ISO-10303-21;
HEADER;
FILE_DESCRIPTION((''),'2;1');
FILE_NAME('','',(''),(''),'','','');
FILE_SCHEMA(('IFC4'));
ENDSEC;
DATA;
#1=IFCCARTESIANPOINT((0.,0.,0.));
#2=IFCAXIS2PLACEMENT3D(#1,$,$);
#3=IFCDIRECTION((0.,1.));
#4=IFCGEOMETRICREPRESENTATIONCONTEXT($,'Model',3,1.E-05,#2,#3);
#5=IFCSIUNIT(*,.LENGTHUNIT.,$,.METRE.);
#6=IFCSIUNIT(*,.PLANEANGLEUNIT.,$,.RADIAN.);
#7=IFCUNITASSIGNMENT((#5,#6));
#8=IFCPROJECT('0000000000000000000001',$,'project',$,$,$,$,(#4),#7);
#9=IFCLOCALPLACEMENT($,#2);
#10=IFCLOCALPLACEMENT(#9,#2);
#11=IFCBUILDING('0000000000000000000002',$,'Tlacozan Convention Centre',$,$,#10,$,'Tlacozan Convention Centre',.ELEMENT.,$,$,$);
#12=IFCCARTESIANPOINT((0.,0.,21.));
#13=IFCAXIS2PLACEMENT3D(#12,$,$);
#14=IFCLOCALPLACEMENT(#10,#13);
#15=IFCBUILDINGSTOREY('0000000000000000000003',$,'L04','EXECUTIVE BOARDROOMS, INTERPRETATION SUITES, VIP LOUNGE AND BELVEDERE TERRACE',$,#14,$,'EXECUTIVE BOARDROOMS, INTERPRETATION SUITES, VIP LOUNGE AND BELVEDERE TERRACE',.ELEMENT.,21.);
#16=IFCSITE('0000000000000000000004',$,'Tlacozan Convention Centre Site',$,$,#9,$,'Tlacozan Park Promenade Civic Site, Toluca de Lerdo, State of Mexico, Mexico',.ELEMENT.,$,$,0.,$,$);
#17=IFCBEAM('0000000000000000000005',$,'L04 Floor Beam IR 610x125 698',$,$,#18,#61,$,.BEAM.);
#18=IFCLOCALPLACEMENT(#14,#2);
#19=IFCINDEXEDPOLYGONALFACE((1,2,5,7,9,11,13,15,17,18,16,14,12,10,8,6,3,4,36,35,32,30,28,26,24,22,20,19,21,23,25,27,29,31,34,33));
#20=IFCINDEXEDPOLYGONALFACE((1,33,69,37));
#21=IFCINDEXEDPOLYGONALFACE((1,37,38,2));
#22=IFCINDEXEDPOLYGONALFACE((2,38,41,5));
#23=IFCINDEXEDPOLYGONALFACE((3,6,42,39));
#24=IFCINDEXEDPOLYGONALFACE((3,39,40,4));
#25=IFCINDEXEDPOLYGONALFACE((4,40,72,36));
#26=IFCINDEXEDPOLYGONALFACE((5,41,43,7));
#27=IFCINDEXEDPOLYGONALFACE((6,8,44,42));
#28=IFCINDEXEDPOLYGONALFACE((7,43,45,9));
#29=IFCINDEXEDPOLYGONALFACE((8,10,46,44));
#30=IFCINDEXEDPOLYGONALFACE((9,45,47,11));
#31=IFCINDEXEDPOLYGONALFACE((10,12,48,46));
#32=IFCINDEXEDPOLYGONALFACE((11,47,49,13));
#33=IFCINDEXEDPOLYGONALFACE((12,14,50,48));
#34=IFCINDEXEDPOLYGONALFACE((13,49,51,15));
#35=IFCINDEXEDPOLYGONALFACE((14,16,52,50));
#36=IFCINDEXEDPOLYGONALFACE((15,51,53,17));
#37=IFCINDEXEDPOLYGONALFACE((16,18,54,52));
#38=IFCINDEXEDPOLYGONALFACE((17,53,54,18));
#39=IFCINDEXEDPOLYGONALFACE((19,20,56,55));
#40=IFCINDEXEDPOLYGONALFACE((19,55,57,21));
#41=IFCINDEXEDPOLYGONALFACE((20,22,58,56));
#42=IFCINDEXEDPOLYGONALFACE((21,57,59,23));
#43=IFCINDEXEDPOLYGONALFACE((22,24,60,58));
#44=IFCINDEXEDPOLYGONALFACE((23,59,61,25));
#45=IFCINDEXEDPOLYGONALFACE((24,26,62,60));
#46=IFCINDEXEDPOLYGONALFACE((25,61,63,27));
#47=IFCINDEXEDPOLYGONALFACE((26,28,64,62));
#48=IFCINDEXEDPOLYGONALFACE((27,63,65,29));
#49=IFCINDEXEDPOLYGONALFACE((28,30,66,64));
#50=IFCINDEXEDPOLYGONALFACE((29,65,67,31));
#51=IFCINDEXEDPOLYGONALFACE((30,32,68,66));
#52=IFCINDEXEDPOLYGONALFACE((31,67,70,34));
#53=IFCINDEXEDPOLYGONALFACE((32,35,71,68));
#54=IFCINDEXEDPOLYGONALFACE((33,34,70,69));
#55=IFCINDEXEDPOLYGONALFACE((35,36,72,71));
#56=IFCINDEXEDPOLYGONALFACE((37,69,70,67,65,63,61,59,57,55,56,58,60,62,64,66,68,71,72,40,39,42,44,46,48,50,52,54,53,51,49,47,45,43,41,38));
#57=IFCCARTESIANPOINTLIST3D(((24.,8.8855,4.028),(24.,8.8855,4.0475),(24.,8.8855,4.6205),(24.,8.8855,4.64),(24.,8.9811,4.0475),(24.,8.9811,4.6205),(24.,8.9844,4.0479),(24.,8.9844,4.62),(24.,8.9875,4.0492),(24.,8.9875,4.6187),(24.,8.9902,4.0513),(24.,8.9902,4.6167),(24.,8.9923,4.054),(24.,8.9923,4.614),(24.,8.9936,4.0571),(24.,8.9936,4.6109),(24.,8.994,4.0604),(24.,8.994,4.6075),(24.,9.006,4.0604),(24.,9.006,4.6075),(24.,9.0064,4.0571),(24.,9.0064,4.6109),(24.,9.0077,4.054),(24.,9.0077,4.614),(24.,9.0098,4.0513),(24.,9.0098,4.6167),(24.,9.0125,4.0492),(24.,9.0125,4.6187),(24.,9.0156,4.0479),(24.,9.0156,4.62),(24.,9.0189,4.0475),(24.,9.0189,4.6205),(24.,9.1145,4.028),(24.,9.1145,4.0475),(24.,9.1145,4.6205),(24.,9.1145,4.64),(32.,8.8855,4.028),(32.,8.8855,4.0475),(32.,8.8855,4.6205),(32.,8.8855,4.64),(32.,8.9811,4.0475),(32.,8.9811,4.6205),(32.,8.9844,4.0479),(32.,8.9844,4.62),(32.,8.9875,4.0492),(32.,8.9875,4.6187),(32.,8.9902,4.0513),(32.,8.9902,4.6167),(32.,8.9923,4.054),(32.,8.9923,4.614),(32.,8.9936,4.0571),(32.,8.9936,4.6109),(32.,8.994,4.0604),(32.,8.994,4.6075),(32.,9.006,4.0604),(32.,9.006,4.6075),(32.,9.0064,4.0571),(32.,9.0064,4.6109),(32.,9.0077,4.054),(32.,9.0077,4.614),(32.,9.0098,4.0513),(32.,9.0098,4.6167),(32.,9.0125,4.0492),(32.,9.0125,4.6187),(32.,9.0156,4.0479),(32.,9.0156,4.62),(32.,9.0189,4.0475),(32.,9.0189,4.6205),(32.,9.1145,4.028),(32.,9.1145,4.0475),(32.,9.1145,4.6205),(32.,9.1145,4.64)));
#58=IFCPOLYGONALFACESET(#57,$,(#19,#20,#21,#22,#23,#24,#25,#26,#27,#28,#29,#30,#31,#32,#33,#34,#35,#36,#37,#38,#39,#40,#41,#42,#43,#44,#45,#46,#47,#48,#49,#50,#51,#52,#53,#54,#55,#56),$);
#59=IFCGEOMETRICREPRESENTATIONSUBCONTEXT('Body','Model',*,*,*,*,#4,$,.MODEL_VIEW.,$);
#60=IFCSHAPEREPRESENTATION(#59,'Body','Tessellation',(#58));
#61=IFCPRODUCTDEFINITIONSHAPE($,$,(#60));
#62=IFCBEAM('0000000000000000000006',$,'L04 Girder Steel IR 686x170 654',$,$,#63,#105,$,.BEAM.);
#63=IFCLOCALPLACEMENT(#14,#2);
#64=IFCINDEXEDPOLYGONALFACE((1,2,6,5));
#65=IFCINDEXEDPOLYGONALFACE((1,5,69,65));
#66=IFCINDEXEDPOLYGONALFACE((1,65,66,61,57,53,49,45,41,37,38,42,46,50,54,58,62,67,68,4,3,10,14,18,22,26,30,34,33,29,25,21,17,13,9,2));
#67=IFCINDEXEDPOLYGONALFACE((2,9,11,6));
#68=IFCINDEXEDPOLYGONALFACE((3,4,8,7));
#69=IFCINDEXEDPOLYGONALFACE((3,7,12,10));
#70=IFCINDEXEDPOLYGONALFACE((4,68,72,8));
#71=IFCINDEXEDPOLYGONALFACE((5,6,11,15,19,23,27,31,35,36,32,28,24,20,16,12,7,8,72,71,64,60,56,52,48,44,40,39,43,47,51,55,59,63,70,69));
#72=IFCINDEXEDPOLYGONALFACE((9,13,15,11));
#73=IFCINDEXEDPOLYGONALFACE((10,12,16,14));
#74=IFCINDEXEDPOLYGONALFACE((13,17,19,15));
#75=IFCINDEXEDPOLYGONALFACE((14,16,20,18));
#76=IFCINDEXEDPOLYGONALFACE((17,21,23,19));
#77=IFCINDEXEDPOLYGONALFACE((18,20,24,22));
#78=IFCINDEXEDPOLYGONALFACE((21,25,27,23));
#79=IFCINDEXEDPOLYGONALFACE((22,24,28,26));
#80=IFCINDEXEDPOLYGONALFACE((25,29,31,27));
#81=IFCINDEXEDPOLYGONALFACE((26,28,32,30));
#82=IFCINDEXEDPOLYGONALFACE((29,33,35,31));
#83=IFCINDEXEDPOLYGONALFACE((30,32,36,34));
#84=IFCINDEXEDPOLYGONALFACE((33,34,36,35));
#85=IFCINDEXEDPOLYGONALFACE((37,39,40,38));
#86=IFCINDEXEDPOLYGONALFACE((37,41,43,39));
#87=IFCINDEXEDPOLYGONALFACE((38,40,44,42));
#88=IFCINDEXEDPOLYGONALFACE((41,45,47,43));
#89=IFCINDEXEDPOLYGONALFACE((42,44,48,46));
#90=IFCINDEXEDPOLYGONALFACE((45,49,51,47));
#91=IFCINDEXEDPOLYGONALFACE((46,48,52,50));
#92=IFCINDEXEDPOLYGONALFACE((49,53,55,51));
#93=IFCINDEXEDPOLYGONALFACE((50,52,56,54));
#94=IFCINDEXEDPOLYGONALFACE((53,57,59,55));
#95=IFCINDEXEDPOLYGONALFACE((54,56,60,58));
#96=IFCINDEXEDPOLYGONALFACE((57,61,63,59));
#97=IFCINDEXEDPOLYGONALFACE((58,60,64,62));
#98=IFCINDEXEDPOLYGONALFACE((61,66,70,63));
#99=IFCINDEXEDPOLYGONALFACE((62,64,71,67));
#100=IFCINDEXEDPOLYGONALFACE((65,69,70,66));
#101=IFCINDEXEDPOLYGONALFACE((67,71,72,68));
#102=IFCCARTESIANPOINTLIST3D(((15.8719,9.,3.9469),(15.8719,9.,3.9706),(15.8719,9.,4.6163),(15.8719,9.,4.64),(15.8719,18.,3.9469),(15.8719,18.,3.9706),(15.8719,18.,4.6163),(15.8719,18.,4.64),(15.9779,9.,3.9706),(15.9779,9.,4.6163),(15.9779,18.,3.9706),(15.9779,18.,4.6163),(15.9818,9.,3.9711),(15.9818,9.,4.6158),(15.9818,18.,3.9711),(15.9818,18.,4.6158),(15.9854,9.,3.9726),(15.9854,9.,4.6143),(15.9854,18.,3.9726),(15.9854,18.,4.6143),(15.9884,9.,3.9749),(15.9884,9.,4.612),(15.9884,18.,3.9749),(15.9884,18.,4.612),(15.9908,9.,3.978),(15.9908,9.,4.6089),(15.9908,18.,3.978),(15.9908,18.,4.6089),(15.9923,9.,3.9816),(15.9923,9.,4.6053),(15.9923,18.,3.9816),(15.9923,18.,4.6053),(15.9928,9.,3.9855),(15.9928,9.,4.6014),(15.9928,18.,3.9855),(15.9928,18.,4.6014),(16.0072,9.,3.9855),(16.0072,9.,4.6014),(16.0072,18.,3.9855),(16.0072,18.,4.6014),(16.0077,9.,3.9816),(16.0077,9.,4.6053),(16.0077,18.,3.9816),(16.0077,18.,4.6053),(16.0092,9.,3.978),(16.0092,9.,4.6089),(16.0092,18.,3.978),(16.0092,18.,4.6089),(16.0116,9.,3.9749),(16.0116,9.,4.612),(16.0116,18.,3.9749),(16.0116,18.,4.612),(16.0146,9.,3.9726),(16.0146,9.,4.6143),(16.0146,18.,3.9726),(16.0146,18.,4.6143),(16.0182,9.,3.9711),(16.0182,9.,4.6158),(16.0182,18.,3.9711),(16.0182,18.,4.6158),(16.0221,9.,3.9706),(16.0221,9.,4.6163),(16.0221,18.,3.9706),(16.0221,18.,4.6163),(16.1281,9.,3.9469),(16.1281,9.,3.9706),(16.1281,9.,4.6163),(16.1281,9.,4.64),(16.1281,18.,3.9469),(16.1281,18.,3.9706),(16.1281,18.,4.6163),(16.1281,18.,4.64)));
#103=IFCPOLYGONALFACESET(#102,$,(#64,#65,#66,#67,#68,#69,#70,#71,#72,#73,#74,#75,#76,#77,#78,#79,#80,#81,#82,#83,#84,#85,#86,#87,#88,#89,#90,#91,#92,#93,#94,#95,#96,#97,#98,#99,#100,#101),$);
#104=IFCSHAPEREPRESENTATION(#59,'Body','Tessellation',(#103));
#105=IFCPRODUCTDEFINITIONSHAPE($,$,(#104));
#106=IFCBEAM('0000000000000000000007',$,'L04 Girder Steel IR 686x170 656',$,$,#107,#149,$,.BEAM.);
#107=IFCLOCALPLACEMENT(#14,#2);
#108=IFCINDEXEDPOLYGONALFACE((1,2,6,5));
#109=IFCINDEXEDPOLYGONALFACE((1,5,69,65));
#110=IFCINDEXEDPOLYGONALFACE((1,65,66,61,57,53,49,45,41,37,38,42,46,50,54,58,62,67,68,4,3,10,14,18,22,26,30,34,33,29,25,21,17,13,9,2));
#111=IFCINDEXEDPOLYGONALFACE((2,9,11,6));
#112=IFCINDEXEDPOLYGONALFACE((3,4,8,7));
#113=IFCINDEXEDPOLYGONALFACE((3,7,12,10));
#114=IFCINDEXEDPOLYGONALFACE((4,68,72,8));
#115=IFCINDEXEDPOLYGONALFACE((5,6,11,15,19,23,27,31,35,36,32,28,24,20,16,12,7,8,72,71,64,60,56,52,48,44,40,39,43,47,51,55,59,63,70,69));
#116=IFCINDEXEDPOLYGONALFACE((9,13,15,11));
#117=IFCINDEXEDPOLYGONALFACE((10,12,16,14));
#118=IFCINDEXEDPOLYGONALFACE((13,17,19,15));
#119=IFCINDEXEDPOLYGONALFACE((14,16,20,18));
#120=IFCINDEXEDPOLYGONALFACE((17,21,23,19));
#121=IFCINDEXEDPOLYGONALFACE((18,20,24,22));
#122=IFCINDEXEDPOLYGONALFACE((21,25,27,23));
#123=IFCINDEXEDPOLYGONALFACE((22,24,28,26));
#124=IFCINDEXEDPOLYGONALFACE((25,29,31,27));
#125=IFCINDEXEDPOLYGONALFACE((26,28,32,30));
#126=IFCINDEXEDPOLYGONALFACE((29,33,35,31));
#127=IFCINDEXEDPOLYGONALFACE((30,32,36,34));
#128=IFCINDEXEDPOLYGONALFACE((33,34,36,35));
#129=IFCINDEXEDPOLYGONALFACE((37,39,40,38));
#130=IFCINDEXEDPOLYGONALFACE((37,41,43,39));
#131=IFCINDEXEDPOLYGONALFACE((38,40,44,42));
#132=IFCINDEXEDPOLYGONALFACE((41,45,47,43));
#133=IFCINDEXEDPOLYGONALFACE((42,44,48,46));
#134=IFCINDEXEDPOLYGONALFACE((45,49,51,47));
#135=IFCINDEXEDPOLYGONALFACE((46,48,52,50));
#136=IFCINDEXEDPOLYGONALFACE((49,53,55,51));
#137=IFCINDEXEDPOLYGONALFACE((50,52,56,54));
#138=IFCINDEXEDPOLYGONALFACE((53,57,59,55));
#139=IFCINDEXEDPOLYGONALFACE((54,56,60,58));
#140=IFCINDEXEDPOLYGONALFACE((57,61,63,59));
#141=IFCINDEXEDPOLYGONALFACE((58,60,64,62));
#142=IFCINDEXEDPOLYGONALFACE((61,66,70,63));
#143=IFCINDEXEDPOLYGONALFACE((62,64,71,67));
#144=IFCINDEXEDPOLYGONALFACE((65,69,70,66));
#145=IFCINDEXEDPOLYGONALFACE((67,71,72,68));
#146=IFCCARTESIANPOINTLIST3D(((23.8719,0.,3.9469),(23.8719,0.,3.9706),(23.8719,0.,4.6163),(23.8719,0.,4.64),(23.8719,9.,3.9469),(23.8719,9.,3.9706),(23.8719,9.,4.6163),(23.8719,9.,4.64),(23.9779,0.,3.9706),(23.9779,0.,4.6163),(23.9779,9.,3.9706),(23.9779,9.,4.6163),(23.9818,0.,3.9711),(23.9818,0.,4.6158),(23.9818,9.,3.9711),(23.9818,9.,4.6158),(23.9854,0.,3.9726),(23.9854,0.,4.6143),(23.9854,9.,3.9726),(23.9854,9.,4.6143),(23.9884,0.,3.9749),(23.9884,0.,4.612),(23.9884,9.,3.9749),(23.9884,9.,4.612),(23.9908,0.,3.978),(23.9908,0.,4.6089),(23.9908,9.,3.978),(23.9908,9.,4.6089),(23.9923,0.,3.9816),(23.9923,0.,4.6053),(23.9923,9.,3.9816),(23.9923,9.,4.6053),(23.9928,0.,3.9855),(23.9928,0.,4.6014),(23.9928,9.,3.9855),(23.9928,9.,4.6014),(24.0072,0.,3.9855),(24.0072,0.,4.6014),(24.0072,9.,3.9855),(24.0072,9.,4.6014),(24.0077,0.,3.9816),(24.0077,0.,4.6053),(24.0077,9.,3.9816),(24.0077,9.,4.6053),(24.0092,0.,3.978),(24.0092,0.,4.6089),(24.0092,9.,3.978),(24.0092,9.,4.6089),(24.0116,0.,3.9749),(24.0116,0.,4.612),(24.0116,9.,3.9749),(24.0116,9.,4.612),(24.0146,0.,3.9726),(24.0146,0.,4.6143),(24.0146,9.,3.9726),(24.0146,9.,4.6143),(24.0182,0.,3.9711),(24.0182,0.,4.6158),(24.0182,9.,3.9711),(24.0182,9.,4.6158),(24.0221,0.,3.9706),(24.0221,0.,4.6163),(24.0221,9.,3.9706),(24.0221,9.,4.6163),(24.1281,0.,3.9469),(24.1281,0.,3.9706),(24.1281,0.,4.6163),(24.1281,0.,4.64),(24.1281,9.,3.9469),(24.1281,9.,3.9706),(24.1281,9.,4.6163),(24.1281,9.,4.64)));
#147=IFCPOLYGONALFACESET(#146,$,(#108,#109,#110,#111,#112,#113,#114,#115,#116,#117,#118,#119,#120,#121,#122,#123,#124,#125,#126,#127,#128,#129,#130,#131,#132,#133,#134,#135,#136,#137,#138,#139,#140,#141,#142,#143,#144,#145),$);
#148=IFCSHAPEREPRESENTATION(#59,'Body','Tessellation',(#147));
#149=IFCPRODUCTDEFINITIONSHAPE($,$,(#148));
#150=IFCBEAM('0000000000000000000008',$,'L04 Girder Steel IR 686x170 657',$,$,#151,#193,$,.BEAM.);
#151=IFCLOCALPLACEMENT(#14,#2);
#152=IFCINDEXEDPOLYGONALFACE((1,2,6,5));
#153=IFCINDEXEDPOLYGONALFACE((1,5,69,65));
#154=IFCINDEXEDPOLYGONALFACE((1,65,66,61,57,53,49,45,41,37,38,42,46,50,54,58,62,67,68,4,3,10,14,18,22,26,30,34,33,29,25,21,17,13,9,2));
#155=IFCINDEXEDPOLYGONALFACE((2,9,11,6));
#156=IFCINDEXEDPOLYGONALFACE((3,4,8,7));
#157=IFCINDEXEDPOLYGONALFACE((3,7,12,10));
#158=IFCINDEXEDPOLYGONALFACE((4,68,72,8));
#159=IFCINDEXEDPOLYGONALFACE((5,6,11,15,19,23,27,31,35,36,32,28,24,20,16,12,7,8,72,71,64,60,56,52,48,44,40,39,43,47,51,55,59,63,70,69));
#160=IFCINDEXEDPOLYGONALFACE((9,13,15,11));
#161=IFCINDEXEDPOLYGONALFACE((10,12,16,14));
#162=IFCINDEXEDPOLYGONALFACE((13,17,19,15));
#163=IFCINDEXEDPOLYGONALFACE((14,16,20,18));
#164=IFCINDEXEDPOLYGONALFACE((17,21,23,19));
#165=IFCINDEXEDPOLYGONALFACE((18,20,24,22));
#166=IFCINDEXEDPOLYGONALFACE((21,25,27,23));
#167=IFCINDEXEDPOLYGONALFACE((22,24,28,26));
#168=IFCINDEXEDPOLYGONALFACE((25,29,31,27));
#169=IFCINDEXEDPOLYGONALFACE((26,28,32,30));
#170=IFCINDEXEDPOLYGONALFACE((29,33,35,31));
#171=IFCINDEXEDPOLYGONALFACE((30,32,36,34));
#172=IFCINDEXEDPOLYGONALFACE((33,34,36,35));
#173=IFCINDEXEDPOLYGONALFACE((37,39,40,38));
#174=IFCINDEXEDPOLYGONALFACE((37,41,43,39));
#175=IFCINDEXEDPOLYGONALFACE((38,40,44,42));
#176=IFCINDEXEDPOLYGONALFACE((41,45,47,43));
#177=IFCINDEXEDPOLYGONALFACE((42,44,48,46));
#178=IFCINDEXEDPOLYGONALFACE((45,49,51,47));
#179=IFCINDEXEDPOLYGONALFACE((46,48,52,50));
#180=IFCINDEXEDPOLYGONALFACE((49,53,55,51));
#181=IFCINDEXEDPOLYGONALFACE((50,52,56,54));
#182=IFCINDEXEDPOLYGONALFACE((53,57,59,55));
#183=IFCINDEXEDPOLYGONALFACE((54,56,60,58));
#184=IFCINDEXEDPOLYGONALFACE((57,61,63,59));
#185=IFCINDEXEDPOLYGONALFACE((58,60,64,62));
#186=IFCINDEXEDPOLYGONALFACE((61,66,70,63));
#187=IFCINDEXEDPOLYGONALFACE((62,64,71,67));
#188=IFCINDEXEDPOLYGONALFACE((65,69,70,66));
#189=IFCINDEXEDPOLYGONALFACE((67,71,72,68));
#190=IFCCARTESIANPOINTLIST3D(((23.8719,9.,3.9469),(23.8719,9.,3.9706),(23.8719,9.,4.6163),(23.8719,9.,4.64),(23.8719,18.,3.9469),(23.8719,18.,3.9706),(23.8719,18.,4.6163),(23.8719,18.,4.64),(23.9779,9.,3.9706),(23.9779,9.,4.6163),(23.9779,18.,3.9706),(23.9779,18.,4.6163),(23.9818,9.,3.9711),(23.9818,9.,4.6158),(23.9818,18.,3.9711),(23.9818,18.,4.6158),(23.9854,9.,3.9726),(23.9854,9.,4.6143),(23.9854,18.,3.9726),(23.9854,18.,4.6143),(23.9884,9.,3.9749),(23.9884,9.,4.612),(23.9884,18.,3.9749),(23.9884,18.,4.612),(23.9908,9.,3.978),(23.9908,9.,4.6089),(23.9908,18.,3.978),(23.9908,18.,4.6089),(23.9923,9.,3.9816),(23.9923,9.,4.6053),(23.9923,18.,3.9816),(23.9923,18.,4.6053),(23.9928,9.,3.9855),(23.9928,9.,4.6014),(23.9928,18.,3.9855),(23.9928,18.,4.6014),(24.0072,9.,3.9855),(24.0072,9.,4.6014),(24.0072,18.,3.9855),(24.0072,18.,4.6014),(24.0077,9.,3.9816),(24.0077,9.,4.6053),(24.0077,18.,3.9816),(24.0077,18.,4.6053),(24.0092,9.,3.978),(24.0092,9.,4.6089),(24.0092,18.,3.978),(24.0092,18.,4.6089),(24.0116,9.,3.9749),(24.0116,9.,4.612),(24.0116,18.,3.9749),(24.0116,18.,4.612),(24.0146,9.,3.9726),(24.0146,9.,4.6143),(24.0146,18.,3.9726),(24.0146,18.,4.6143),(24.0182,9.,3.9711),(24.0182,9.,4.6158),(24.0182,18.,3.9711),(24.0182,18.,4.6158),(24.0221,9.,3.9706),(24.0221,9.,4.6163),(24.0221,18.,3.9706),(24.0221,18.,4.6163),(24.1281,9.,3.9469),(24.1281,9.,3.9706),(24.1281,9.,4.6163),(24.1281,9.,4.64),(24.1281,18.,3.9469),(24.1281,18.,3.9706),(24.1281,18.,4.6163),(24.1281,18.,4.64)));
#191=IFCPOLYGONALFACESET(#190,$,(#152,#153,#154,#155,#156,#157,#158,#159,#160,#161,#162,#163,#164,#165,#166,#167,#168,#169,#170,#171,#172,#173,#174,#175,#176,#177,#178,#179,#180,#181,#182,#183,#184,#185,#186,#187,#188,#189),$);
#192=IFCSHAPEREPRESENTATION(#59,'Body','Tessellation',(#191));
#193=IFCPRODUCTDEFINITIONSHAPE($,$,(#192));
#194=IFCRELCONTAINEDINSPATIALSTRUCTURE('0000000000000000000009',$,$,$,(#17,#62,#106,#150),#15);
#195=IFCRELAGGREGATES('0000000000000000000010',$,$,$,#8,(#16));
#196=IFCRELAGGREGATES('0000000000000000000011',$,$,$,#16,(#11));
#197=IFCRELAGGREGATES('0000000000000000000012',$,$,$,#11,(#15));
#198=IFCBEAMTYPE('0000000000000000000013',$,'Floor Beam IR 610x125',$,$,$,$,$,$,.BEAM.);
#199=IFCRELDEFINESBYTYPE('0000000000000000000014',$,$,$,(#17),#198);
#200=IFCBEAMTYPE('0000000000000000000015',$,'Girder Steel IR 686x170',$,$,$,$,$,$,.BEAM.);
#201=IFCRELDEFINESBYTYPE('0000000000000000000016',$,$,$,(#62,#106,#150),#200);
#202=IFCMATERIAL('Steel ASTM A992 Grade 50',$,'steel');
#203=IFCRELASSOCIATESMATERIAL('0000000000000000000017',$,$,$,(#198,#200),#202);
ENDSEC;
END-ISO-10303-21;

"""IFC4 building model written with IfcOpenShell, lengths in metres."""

from ifc_helpers import new_model, si_unit, direction, frame, origin, origin_2d, place, context, subcontext, project, spatial, i_section, extrude, material, material_profile, profile_set, type_object, element, save


model = new_model("IFC4")

# Units and contexts
model_context = context("Model", 3, precision=1e-05, world=origin(), true_north=direction((0.0, 1.0)))
body_context = subcontext(model_context, "Body", "Model", "MODEL_VIEW")
ifc_project = project(units=[si_unit("LENGTHUNIT", "METRE"), si_unit("PLANEANGLEUNIT", "RADIAN")], contexts=[model_context])

# Site, building, storey
site_placement = place(None, origin())
site = spatial("IfcSite", under=ifc_project, at=site_placement, Name="Tlacozan Convention Centre Site", LongName="Tlacozan Park Promenade Civic Site, Toluca de Lerdo, State of Mexico, Mexico", CompositionType="ELEMENT", RefElevation=0.0)
building_placement = place(site_placement, origin())
building = spatial("IfcBuilding", under=site, at=building_placement, Name="Tlacozan Convention Centre", LongName="Tlacozan Convention Centre", CompositionType="ELEMENT")
storey_placement = place(building_placement, frame((0.0, 0.0, 21.0)))
storey = spatial("IfcBuildingStorey", under=building, at=storey_placement, Name="L04", Description="EXECUTIVE BOARDROOMS, INTERPRETATION SUITES, VIP LOUNGE AND BELVEDERE TERRACE", LongName="EXECUTIVE BOARDROOMS, INTERPRETATION SUITES, VIP LOUNGE AND BELVEDERE TERRACE", CompositionType="ELEMENT", Elevation=21.0)

# Beams
ifc_material_1 = material(Name="Steel ASTM A992 Grade 50", Category="steel")
ifc_material_profile_1 = material_profile(ifc_material_1, i_section(OverallWidth=0.229, OverallDepth=0.6121, WebThickness=0.012, FlangeThickness=0.0195, FilletRadius=0.0129, at=origin_2d()), Name="IR 610x125.0")
ifc_profile_set_1 = profile_set([ifc_material_profile_1], Name="Steel ASTM A992 Grade 50")
beam_type_1 = type_object("IfcBeamType", Name="Floor Beam IR 610x125", PredefinedType="BEAM", material=ifc_profile_set_1)
beam_1_placement = place(storey_placement, frame((24.0, 9.0, 4.334), z_axis=(1.0, 0.0, 0.0), x_axis=(0.0, 1.0, 0.0)))
element("IfcBeam", 1, at=beam_1_placement, inside=storey, type_object=beam_type_1, Name="L04 Floor Beam IR 610x125 698", PredefinedType="BEAM", context=body_context, shape_type="SweptSolid", body=[
    extrude(i_section(OverallWidth=0.229, OverallDepth=0.6121, WebThickness=0.012, FlangeThickness=0.0195, FilletRadius=0.0129, at=origin_2d()), origin(), (0.0, 0.0, 1.0), 8.0),
])
ifc_material_profile_2 = material_profile(ifc_material_1, i_section(OverallWidth=0.2561, OverallDepth=0.6931, WebThickness=0.0144, FlangeThickness=0.0237, FilletRadius=0.0149, at=origin_2d()), Name="IR 686x170.0")
ifc_profile_set_2 = profile_set([ifc_material_profile_2], Name="Steel ASTM A992 Grade 50")
beam_type_2 = type_object("IfcBeamType", Name="Girder Steel IR 686x170", PredefinedType="BEAM", material=ifc_profile_set_2)
for number, where, z_axis, x_axis, name in (
    (2, (16.0, 9.0, 4.2935), (0.0, 1.0, 0.0), (-1.0, 0.0, 0.0), "L04 Girder Steel IR 686x170 654"),
    (3, (24.0, 0.0, 4.2935), (0.0, 1.0, 0.0), (-1.0, 0.0, 0.0), "L04 Girder Steel IR 686x170 656"),
    (4, (24.0, 9.0, 4.2935), (0.0, 1.0, 0.0), (-1.0, 0.0, 0.0), "L04 Girder Steel IR 686x170 657"),
):
    element("IfcBeam", number, at=place(storey_placement, frame(where, z_axis=z_axis, x_axis=x_axis)), inside=storey, type_object=beam_type_2, Name=name, PredefinedType="BEAM", context=body_context, shape_type="SweptSolid", body=[
        extrude(i_section(OverallWidth=0.2561, OverallDepth=0.6931, WebThickness=0.0144, FlangeThickness=0.0237, FilletRadius=0.0149, at=origin_2d()), origin(), (0.0, 0.0, 1.0), 9.0),
    ])

save(model, "model.ifc")
